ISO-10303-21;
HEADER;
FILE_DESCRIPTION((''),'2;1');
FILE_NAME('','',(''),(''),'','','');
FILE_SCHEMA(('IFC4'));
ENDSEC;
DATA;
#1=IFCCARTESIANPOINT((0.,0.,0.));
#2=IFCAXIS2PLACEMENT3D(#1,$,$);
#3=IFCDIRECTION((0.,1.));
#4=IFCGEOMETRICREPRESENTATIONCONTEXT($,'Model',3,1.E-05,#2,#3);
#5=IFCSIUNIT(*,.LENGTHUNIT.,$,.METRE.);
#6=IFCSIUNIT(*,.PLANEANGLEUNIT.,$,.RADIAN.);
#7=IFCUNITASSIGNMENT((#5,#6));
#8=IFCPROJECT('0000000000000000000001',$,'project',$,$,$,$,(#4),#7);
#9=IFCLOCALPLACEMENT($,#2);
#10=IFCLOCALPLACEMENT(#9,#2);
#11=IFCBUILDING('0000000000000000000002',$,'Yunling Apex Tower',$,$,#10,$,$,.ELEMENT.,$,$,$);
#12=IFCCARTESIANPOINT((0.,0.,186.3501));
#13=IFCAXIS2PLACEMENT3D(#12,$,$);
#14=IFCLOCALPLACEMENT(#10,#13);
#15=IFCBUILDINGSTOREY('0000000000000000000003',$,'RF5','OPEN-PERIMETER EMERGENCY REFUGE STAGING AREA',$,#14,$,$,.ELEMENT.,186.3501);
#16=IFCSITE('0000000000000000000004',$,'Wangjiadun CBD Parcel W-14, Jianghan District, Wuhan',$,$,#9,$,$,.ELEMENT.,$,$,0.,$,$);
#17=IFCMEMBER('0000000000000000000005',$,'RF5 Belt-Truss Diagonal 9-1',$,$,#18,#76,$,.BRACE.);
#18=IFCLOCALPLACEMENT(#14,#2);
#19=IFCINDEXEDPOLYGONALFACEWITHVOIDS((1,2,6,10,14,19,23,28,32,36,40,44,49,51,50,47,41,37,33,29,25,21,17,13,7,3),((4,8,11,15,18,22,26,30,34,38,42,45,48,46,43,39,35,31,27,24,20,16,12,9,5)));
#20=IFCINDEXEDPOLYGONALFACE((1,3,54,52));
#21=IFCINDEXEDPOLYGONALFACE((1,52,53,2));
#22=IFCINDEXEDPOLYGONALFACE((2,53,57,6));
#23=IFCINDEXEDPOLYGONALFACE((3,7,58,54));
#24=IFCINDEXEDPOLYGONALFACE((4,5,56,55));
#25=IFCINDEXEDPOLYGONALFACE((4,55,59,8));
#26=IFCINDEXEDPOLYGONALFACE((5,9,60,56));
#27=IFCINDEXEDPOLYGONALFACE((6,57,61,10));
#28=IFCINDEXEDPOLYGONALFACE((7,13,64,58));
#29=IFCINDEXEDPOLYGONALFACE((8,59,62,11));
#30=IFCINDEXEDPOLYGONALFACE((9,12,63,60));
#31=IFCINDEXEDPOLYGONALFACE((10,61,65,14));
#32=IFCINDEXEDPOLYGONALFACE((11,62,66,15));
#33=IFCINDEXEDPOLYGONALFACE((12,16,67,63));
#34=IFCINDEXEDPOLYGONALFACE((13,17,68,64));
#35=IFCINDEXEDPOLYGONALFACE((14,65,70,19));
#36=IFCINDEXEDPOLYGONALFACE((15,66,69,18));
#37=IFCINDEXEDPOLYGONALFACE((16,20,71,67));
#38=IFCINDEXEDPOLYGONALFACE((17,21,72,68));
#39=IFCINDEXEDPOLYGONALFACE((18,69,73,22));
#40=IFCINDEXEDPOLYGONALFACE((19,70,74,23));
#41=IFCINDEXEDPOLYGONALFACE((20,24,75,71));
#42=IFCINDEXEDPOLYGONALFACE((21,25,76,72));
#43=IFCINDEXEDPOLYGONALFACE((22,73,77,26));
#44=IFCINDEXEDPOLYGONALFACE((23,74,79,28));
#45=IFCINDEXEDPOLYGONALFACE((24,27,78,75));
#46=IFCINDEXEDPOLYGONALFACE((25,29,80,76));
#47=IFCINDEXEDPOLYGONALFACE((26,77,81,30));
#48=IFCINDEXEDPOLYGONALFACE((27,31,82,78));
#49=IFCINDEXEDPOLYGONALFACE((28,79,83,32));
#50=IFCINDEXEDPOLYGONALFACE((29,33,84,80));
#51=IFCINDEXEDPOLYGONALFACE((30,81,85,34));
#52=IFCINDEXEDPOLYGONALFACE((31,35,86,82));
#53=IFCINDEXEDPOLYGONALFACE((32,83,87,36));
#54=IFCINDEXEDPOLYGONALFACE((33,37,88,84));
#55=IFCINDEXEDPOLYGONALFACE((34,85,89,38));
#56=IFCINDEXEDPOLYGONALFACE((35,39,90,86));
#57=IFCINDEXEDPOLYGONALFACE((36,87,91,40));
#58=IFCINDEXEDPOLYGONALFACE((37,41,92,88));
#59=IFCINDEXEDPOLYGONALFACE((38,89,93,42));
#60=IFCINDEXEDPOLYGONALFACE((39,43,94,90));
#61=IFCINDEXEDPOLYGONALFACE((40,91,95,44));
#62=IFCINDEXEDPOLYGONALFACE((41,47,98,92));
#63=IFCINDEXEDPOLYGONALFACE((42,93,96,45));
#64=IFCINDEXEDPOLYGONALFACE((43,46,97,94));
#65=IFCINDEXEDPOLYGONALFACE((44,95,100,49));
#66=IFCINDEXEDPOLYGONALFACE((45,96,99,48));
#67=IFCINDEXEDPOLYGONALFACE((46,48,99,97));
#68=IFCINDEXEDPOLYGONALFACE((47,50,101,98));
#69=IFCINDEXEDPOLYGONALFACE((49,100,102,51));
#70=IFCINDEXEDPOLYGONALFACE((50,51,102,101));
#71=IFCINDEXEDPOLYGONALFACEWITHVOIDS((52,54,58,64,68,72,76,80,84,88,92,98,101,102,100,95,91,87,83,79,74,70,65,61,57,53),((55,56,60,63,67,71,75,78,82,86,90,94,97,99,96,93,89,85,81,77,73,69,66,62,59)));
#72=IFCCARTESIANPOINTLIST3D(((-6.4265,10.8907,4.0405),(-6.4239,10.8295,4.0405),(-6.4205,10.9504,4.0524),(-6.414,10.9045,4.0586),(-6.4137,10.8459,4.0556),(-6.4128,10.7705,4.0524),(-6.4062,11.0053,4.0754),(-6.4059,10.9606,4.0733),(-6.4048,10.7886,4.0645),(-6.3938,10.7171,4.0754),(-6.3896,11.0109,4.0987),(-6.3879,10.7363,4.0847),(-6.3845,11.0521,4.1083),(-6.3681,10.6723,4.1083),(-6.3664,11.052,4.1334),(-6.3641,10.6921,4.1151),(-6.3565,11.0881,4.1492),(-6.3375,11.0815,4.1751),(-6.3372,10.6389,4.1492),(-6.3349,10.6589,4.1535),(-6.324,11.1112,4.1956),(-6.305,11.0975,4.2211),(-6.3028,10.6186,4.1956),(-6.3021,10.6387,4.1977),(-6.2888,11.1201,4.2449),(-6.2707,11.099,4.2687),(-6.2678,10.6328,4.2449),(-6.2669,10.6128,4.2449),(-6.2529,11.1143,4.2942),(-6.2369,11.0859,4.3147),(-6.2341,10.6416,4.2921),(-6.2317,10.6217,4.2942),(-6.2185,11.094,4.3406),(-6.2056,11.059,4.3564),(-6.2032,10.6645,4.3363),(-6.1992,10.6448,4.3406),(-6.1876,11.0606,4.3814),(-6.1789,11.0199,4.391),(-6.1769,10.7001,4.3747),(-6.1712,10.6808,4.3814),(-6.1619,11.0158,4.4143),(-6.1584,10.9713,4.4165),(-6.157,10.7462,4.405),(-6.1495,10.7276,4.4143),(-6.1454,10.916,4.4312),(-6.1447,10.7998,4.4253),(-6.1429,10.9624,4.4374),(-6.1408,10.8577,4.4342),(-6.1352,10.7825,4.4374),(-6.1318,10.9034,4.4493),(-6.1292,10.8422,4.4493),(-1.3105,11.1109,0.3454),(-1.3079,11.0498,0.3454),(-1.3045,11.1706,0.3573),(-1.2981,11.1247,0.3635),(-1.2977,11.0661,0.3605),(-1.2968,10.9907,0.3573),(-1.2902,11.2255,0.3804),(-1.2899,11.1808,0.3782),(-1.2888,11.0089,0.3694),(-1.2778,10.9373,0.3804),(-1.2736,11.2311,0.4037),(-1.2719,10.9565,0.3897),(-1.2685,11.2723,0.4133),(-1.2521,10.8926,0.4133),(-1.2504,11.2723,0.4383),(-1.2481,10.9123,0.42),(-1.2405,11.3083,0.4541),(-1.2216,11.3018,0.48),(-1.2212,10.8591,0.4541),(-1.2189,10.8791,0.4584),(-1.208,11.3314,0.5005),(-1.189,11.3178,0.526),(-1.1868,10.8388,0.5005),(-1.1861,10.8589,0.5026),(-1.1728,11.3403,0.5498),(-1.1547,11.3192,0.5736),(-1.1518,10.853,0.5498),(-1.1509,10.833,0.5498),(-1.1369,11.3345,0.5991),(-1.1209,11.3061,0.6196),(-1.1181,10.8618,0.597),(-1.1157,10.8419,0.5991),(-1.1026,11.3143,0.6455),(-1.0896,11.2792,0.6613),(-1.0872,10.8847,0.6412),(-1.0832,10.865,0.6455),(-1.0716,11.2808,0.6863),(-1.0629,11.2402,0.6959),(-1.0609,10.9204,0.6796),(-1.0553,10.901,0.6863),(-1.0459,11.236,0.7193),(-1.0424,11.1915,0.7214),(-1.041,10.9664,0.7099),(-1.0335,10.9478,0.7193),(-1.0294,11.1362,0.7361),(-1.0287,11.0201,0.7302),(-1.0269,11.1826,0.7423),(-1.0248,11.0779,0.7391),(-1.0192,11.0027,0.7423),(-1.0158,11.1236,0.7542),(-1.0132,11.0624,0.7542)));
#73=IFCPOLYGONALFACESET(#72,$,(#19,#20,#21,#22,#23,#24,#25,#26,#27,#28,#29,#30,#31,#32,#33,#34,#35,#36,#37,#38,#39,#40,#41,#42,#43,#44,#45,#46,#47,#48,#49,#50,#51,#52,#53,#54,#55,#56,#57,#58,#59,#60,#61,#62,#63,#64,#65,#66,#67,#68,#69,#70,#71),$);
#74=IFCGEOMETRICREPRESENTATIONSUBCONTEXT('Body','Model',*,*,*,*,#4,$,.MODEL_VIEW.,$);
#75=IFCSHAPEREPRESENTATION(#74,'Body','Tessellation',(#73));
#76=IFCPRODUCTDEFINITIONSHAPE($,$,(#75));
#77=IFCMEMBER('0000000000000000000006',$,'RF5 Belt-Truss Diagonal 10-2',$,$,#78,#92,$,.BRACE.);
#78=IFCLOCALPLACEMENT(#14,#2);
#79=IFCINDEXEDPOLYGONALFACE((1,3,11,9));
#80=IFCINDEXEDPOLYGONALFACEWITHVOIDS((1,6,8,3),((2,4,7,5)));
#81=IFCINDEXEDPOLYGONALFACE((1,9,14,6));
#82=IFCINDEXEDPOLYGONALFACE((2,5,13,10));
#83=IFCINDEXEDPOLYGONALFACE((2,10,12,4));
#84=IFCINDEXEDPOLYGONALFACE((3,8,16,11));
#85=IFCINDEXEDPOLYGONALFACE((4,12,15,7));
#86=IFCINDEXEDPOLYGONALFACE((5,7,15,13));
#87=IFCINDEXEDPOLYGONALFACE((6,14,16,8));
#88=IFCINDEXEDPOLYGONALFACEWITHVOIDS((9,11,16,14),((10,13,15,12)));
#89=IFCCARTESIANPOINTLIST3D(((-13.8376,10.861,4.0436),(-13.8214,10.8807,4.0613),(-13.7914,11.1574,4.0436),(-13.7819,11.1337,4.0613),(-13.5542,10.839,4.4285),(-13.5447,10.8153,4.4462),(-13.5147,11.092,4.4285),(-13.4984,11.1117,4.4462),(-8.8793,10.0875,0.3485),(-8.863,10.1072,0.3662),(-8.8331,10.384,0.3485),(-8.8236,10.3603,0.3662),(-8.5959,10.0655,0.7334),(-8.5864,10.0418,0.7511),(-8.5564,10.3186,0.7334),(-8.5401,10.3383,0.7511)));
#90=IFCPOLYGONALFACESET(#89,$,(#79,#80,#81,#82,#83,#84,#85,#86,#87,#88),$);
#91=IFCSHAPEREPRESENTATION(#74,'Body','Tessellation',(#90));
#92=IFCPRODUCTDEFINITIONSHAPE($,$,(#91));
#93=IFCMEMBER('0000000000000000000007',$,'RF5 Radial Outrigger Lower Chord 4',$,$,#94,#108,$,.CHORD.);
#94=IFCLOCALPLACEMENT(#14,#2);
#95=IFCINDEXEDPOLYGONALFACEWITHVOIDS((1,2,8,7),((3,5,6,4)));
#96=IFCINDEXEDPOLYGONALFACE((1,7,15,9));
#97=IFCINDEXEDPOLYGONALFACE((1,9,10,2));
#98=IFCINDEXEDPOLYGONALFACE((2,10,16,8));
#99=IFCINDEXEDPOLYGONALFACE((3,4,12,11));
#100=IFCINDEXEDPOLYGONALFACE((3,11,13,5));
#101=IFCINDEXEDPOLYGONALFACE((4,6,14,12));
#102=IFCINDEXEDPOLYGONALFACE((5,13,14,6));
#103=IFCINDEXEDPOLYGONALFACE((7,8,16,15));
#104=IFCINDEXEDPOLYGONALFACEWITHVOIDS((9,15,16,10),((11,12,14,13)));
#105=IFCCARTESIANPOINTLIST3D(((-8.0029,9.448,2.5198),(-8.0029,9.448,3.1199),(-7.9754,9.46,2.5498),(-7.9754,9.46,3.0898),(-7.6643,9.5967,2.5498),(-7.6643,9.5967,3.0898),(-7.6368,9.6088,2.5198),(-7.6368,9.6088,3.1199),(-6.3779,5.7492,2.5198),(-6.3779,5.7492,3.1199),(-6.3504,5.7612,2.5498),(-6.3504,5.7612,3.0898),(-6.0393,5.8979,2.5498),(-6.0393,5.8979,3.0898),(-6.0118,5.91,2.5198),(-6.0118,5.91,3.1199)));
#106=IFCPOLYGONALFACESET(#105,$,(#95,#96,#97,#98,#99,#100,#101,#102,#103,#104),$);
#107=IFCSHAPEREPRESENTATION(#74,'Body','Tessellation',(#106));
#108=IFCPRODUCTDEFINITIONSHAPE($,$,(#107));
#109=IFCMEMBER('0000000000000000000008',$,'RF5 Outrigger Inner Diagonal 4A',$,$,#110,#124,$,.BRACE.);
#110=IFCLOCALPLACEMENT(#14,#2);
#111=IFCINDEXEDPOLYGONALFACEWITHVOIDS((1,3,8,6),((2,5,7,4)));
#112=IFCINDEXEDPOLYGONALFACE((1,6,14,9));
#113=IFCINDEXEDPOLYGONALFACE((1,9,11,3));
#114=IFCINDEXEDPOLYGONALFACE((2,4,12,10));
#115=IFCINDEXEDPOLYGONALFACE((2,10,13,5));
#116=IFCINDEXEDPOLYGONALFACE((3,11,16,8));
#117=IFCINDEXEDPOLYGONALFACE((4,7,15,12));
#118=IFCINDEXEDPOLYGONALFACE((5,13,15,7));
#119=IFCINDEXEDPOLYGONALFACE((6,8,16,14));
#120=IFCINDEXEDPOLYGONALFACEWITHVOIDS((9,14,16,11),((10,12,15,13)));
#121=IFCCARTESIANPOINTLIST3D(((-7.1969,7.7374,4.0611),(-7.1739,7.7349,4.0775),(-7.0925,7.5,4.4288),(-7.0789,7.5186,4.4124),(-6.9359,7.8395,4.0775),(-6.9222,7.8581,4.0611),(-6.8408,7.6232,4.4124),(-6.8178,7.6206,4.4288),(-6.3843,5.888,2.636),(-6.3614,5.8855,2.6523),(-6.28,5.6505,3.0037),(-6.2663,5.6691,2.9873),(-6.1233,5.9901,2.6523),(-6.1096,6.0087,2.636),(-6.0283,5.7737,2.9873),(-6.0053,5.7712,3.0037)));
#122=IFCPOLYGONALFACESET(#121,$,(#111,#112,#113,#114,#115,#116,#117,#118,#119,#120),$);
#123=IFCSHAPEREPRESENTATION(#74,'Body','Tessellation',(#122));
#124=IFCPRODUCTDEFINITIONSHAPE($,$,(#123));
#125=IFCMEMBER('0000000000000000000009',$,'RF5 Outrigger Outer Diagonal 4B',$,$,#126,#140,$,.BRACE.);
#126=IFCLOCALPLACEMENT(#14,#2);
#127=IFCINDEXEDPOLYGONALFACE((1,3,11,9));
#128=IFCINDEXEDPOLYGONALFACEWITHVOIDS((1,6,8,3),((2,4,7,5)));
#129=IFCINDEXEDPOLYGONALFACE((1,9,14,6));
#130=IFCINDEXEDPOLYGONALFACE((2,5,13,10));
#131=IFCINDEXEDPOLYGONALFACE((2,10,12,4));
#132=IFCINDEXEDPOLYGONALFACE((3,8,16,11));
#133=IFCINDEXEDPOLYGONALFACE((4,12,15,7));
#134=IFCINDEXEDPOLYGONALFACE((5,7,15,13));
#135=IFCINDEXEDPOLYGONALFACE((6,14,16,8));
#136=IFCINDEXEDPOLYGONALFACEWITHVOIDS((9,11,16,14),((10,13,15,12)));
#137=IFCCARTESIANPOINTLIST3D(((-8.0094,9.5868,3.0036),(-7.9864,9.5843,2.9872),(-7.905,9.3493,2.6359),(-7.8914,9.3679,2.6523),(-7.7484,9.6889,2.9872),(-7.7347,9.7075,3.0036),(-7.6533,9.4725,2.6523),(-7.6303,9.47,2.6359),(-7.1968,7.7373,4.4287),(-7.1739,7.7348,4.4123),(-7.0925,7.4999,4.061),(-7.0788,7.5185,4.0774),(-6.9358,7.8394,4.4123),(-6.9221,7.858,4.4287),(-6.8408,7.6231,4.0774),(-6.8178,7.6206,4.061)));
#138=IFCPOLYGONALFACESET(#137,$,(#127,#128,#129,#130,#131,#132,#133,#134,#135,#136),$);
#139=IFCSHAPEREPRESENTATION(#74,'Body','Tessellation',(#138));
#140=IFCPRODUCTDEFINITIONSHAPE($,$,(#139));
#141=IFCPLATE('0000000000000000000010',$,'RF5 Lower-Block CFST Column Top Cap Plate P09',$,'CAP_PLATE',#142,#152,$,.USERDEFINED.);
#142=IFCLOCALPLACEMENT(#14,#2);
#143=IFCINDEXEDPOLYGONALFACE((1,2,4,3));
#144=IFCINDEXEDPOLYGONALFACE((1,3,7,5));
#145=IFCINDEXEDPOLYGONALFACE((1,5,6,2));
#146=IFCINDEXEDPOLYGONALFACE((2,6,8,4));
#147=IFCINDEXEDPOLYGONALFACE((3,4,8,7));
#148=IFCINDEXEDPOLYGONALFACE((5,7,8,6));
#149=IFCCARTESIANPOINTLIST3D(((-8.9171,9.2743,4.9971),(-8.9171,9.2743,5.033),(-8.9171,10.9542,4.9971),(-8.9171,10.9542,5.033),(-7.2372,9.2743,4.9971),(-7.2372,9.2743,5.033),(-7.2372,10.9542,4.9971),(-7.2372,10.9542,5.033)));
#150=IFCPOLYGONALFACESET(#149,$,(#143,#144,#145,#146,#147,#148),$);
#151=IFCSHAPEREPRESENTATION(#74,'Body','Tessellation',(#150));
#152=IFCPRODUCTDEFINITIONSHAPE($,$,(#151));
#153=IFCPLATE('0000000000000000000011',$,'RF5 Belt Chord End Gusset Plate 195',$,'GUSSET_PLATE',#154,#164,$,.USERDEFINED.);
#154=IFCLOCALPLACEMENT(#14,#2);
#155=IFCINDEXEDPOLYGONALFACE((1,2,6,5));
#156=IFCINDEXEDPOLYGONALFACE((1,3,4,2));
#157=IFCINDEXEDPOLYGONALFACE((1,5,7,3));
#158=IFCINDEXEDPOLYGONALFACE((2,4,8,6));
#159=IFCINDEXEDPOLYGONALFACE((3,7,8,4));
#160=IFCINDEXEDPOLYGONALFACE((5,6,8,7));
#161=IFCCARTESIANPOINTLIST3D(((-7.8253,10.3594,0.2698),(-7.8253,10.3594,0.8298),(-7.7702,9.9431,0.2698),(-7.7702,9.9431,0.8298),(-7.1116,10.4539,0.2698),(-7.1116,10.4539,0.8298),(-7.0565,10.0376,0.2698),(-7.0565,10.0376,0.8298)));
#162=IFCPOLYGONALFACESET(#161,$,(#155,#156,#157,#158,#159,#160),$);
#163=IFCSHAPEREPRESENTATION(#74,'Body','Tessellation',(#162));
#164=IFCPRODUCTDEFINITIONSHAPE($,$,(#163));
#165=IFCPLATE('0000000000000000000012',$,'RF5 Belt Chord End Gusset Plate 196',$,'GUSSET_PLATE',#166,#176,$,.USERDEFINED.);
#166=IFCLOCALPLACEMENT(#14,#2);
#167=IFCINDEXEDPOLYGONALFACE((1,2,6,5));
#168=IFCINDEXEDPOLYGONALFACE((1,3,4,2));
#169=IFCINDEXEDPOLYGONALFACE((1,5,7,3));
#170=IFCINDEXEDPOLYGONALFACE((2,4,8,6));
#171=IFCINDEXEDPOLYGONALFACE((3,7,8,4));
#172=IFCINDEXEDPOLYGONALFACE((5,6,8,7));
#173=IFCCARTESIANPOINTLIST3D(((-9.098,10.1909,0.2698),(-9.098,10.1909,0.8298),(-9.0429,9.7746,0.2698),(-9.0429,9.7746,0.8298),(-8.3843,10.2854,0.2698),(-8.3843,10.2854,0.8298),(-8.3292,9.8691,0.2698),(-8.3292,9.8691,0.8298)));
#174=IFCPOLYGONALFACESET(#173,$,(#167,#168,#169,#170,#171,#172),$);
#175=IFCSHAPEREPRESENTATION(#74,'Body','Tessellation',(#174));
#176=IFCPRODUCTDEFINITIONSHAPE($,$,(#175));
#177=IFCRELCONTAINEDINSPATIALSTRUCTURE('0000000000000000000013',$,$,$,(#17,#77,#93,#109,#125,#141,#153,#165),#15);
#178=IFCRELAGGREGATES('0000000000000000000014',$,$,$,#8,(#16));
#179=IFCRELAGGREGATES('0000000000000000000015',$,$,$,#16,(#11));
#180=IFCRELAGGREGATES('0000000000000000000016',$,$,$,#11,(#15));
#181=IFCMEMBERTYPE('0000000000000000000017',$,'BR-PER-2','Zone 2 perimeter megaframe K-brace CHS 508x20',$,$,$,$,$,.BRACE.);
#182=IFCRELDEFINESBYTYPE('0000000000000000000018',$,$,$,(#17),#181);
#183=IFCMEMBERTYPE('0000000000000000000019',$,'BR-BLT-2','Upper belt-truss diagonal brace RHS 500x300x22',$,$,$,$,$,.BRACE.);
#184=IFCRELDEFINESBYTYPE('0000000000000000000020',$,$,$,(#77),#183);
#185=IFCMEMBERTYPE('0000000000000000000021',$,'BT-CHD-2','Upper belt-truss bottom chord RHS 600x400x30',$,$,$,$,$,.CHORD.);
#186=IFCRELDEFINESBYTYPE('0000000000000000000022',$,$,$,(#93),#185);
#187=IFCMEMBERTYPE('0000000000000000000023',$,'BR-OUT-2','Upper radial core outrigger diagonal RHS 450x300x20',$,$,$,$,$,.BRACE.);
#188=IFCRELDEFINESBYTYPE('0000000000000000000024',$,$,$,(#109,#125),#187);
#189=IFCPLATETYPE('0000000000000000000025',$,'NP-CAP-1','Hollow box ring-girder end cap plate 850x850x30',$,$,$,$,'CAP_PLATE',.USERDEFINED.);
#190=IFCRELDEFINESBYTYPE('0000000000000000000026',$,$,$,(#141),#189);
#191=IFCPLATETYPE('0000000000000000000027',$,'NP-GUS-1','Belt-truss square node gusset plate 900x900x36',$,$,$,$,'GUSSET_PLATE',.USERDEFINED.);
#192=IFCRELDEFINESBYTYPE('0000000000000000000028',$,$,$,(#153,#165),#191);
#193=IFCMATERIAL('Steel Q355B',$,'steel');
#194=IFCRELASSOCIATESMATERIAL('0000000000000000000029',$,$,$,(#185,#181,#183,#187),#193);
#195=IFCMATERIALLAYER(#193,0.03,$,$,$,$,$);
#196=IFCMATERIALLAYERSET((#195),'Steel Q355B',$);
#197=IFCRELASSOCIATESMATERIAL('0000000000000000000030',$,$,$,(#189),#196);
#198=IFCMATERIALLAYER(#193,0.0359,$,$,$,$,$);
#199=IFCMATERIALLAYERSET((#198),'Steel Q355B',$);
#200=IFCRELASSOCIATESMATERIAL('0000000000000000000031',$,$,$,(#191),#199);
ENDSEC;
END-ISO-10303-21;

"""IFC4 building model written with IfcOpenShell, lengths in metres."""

from ifc_helpers import new_model, si_unit, direction, frame, origin, origin_2d, place, context, subcontext, project, spatial, rectangle, hollow_rectangle, hollow_circle, extrude, source, transform, mapped, material, layer, layer_set, material_profile, profile_set, type_object, element, save


model = new_model("IFC4")

# Units and contexts
model_context = context("Model", 3, precision=1e-05, world=origin(), true_north=direction((0.0, 1.0)))
body_context = subcontext(model_context, "Body", "Model", "MODEL_VIEW")
ifc_project = project(units=[si_unit("LENGTHUNIT", "METRE"), si_unit("PLANEANGLEUNIT", "RADIAN")], contexts=[model_context])

# Site, building, storey
site_placement = place(None, origin())
site = spatial("IfcSite", under=ifc_project, at=site_placement, Name="Wangjiadun CBD Parcel W-14, Jianghan District, Wuhan", CompositionType="ELEMENT", RefElevation=0.0)
building_placement = place(site_placement, origin())
building = spatial("IfcBuilding", under=site, at=building_placement, Name="Yunling Apex Tower", CompositionType="ELEMENT")
storey_placement = place(building_placement, frame((0.0, 0.0, 186.3501)))
storey = spatial("IfcBuildingStorey", under=building, at=storey_placement, Name="RF5", Description="OPEN-PERIMETER EMERGENCY REFUGE STAGING AREA", CompositionType="ELEMENT", Elevation=186.3501)

# Shared definitions
ifc_material_1 = material(Name="Steel Q355B", Category="steel")
ifc_material_profile_1 = material_profile(ifc_material_1, hollow_rectangle(XDim=0.3999, YDim=0.6001, WallThickness=0.03, at=origin_2d()))
ifc_profile_set_1 = profile_set([ifc_material_profile_1], Name="Steel Q355B")
member_type_1 = type_object("IfcMemberType", Name="BT-CHD-2", Description="Upper belt-truss bottom chord RHS 600x400x30", PredefinedType="CHORD", material=ifc_profile_set_1)

# Members
ifc_material_profile_2 = material_profile(ifc_material_1, hollow_circle(Radius=0.2539, WallThickness=0.02, at=origin_2d()))
ifc_profile_set_2 = profile_set([ifc_material_profile_2], Name="Steel Q355B")
member_type_2 = type_object("IfcMemberType", Name="BR-PER-2", Description="Zone 2 perimeter megaframe K-brace CHS 508x20", PredefinedType="BRACE", material=ifc_profile_set_2)
shared_shape_1 = source(origin(), body_context, "Body", "SweptSolid", [
    extrude(hollow_circle(Radius=0.2539, WallThickness=0.02, at=origin_2d()), origin(), (0.0, 0.0, 1.0), 6.3147),
])
member_1_placement = place(storey_placement, frame((-1.1619, 11.0867, 0.5498), z_axis=(-0.810171, -0.034873, 0.585156), x_axis=(0.043005, -0.999075, 0.0)))
element("IfcMember", 1, at=member_1_placement, inside=storey, type_object=member_type_2, Name="RF5 Belt-Truss Diagonal 9-1", PredefinedType="BRACE", context=body_context, shape_type="MappedRepresentation", body=[
    mapped(shared_shape_1, transform((0.0, 0.0, 0.0), scale=1.0)),
])
ifc_material_profile_3 = material_profile(ifc_material_1, hollow_rectangle(XDim=0.3, YDim=0.5, WallThickness=0.022, at=origin_2d()))
ifc_profile_set_3 = profile_set([ifc_material_profile_3], Name="Steel Q355B")
member_type_3 = type_object("IfcMemberType", Name="BR-BLT-2", Description="Upper belt-truss diagonal brace RHS 500x300x22", PredefinedType="BRACE", material=ifc_profile_set_3)
shared_shape_2 = source(origin(), body_context, "Body", "SweptSolid", [
    extrude(hollow_rectangle(XDim=0.3, YDim=0.5, WallThickness=0.022, at=origin_2d()), origin(), (0.0, 0.0, 1.0), 6.2319),
])
member_2_placement = place(storey_placement, frame((-8.7097, 10.2129, 0.5498), z_axis=(-0.79563, 0.12411, 0.592932), x_axis=(-0.154126, -0.988051, 0.0)))
element("IfcMember", 2, at=member_2_placement, inside=storey, type_object=member_type_3, Name="RF5 Belt-Truss Diagonal 10-2", PredefinedType="BRACE", context=body_context, shape_type="MappedRepresentation", body=[
    mapped(shared_shape_2, transform((0.0, 0.0, 0.0), scale=1.0)),
])
shared_shape_3 = source(origin(), body_context, "Body", "SweptSolid", [
    extrude(hollow_rectangle(XDim=0.3999, YDim=0.6001, WallThickness=0.03, at=origin_2d()), origin(), (0.0, 0.0, 1.0), 4.04),
])
member_3_placement = place(storey_placement, frame((-6.1948, 5.8296, 2.8198), z_axis=(-0.402232, 0.915538, 0.0), x_axis=(-0.915538, -0.402232, 0.0)))
element("IfcMember", 3, at=member_3_placement, inside=storey, type_object=member_type_1, Name="RF5 Radial Outrigger Lower Chord 4", PredefinedType="CHORD", context=body_context, shape_type="MappedRepresentation", body=[
    mapped(shared_shape_3, transform((0.0, 0.0, 0.0), scale=1.0)),
])
ifc_material_profile_4 = material_profile(ifc_material_1, hollow_rectangle(XDim=0.3, YDim=0.45, WallThickness=0.02, at=origin_2d()))
ifc_profile_set_4 = profile_set([ifc_material_profile_4], Name="Steel Q355B")
member_type_4 = type_object("IfcMemberType", Name="BR-OUT-2", Description="Upper radial core outrigger diagonal RHS 450x300x20", PredefinedType="BRACE", material=ifc_profile_set_4)
shared_shape_4 = source(origin(), body_context, "Body", "SweptSolid", [
    extrude(hollow_rectangle(XDim=0.3, YDim=0.45, WallThickness=0.02, at=origin_2d()), origin(), (0.0, 0.0, 1.0), 2.4722),
])
for number, where, z_axis, x_axis, name in (
    (4, (-6.1948, 5.8296, 2.8198), (-0.328673, 0.748107, 0.576462), (-0.915538, -0.402232, 0.0), "RF5 Outrigger Inner Diagonal 4A"),
    (5, (-7.0073, 7.679, 4.2449), (-0.328673, 0.748107, -0.576462), (-0.915538, -0.402232, 0.0), "RF5 Outrigger Outer Diagonal 4B"),
):
    element("IfcMember", number, at=place(storey_placement, frame(where, z_axis=z_axis, x_axis=x_axis)), inside=storey, type_object=member_type_4, Name=name, PredefinedType="BRACE", context=body_context, shape_type="MappedRepresentation", body=[
        mapped(shared_shape_4, transform((0.0, 0.0, 0.0), scale=1.0)),
    ])

# Plates
ifc_layer_1 = layer(ifc_material_1, 0.03)
ifc_layer_set_1 = layer_set([ifc_layer_1], Name="Steel Q355B")
plate_type_1 = type_object("IfcPlateType", Name="NP-CAP-1", Description="Hollow box ring-girder end cap plate 850x850x30", ElementType="CAP_PLATE", PredefinedType="USERDEFINED", material=ifc_layer_set_1)
shared_shape_5 = source(origin(), body_context, "Body", "SweptSolid", [
    extrude(rectangle(XDim=1.6799, YDim=1.6799, at=origin_2d()), origin(), (0.0, 0.0, 1.0), 0.0359),
])
plate_1_placement = place(storey_placement, frame((-8.0771, 10.1143, 4.9971), z_axis=(0.0, 0.0, 1.0), x_axis=(1.0, 0.0, 0.0)))
element("IfcPlate", 6, at=plate_1_placement, inside=storey, type_object=plate_type_1, Name="RF5 Lower-Block CFST Column Top Cap Plate P09", ObjectType="CAP_PLATE", PredefinedType="USERDEFINED", context=body_context, shape_type="MappedRepresentation", body=[
    mapped(shared_shape_5, transform((0.0, 0.0, 0.0), scale=1.0)),
])
ifc_layer_2 = layer(ifc_material_1, 0.0359)
ifc_layer_set_2 = layer_set([ifc_layer_2], Name="Steel Q355B")
plate_type_2 = type_object("IfcPlateType", Name="NP-GUS-1", Description="Belt-truss square node gusset plate 900x900x36", ElementType="GUSSET_PLATE", PredefinedType="USERDEFINED", material=ifc_layer_set_2)
shared_shape_6 = source(origin(), body_context, "Body", "SweptSolid", [
    extrude(rectangle(XDim=0.72, YDim=0.4199, at=origin_2d()), origin(), (0.0, 0.0, 1.0), 0.5601),
])
for number, where, z_axis, x_axis, name in (
    (7, (-7.4409, 10.1985, 0.2698), (0.0, 0.0, 1.0), (-0.991353, -0.131218, 0.0), "RF5 Belt Chord End Gusset Plate 195"),
    (8, (-8.7136, 10.03, 0.2698), (0.0, 0.0, 1.0), (-0.991353, -0.131218, 0.0), "RF5 Belt Chord End Gusset Plate 196"),
):
    element("IfcPlate", number, at=place(storey_placement, frame(where, z_axis=z_axis, x_axis=x_axis)), inside=storey, type_object=plate_type_2, Name=name, ObjectType="GUSSET_PLATE", PredefinedType="USERDEFINED", context=body_context, shape_type="MappedRepresentation", body=[
        mapped(shared_shape_6, transform((0.0, 0.0, 0.0), scale=1.0)),
    ])

save(model, "model.ifc")
